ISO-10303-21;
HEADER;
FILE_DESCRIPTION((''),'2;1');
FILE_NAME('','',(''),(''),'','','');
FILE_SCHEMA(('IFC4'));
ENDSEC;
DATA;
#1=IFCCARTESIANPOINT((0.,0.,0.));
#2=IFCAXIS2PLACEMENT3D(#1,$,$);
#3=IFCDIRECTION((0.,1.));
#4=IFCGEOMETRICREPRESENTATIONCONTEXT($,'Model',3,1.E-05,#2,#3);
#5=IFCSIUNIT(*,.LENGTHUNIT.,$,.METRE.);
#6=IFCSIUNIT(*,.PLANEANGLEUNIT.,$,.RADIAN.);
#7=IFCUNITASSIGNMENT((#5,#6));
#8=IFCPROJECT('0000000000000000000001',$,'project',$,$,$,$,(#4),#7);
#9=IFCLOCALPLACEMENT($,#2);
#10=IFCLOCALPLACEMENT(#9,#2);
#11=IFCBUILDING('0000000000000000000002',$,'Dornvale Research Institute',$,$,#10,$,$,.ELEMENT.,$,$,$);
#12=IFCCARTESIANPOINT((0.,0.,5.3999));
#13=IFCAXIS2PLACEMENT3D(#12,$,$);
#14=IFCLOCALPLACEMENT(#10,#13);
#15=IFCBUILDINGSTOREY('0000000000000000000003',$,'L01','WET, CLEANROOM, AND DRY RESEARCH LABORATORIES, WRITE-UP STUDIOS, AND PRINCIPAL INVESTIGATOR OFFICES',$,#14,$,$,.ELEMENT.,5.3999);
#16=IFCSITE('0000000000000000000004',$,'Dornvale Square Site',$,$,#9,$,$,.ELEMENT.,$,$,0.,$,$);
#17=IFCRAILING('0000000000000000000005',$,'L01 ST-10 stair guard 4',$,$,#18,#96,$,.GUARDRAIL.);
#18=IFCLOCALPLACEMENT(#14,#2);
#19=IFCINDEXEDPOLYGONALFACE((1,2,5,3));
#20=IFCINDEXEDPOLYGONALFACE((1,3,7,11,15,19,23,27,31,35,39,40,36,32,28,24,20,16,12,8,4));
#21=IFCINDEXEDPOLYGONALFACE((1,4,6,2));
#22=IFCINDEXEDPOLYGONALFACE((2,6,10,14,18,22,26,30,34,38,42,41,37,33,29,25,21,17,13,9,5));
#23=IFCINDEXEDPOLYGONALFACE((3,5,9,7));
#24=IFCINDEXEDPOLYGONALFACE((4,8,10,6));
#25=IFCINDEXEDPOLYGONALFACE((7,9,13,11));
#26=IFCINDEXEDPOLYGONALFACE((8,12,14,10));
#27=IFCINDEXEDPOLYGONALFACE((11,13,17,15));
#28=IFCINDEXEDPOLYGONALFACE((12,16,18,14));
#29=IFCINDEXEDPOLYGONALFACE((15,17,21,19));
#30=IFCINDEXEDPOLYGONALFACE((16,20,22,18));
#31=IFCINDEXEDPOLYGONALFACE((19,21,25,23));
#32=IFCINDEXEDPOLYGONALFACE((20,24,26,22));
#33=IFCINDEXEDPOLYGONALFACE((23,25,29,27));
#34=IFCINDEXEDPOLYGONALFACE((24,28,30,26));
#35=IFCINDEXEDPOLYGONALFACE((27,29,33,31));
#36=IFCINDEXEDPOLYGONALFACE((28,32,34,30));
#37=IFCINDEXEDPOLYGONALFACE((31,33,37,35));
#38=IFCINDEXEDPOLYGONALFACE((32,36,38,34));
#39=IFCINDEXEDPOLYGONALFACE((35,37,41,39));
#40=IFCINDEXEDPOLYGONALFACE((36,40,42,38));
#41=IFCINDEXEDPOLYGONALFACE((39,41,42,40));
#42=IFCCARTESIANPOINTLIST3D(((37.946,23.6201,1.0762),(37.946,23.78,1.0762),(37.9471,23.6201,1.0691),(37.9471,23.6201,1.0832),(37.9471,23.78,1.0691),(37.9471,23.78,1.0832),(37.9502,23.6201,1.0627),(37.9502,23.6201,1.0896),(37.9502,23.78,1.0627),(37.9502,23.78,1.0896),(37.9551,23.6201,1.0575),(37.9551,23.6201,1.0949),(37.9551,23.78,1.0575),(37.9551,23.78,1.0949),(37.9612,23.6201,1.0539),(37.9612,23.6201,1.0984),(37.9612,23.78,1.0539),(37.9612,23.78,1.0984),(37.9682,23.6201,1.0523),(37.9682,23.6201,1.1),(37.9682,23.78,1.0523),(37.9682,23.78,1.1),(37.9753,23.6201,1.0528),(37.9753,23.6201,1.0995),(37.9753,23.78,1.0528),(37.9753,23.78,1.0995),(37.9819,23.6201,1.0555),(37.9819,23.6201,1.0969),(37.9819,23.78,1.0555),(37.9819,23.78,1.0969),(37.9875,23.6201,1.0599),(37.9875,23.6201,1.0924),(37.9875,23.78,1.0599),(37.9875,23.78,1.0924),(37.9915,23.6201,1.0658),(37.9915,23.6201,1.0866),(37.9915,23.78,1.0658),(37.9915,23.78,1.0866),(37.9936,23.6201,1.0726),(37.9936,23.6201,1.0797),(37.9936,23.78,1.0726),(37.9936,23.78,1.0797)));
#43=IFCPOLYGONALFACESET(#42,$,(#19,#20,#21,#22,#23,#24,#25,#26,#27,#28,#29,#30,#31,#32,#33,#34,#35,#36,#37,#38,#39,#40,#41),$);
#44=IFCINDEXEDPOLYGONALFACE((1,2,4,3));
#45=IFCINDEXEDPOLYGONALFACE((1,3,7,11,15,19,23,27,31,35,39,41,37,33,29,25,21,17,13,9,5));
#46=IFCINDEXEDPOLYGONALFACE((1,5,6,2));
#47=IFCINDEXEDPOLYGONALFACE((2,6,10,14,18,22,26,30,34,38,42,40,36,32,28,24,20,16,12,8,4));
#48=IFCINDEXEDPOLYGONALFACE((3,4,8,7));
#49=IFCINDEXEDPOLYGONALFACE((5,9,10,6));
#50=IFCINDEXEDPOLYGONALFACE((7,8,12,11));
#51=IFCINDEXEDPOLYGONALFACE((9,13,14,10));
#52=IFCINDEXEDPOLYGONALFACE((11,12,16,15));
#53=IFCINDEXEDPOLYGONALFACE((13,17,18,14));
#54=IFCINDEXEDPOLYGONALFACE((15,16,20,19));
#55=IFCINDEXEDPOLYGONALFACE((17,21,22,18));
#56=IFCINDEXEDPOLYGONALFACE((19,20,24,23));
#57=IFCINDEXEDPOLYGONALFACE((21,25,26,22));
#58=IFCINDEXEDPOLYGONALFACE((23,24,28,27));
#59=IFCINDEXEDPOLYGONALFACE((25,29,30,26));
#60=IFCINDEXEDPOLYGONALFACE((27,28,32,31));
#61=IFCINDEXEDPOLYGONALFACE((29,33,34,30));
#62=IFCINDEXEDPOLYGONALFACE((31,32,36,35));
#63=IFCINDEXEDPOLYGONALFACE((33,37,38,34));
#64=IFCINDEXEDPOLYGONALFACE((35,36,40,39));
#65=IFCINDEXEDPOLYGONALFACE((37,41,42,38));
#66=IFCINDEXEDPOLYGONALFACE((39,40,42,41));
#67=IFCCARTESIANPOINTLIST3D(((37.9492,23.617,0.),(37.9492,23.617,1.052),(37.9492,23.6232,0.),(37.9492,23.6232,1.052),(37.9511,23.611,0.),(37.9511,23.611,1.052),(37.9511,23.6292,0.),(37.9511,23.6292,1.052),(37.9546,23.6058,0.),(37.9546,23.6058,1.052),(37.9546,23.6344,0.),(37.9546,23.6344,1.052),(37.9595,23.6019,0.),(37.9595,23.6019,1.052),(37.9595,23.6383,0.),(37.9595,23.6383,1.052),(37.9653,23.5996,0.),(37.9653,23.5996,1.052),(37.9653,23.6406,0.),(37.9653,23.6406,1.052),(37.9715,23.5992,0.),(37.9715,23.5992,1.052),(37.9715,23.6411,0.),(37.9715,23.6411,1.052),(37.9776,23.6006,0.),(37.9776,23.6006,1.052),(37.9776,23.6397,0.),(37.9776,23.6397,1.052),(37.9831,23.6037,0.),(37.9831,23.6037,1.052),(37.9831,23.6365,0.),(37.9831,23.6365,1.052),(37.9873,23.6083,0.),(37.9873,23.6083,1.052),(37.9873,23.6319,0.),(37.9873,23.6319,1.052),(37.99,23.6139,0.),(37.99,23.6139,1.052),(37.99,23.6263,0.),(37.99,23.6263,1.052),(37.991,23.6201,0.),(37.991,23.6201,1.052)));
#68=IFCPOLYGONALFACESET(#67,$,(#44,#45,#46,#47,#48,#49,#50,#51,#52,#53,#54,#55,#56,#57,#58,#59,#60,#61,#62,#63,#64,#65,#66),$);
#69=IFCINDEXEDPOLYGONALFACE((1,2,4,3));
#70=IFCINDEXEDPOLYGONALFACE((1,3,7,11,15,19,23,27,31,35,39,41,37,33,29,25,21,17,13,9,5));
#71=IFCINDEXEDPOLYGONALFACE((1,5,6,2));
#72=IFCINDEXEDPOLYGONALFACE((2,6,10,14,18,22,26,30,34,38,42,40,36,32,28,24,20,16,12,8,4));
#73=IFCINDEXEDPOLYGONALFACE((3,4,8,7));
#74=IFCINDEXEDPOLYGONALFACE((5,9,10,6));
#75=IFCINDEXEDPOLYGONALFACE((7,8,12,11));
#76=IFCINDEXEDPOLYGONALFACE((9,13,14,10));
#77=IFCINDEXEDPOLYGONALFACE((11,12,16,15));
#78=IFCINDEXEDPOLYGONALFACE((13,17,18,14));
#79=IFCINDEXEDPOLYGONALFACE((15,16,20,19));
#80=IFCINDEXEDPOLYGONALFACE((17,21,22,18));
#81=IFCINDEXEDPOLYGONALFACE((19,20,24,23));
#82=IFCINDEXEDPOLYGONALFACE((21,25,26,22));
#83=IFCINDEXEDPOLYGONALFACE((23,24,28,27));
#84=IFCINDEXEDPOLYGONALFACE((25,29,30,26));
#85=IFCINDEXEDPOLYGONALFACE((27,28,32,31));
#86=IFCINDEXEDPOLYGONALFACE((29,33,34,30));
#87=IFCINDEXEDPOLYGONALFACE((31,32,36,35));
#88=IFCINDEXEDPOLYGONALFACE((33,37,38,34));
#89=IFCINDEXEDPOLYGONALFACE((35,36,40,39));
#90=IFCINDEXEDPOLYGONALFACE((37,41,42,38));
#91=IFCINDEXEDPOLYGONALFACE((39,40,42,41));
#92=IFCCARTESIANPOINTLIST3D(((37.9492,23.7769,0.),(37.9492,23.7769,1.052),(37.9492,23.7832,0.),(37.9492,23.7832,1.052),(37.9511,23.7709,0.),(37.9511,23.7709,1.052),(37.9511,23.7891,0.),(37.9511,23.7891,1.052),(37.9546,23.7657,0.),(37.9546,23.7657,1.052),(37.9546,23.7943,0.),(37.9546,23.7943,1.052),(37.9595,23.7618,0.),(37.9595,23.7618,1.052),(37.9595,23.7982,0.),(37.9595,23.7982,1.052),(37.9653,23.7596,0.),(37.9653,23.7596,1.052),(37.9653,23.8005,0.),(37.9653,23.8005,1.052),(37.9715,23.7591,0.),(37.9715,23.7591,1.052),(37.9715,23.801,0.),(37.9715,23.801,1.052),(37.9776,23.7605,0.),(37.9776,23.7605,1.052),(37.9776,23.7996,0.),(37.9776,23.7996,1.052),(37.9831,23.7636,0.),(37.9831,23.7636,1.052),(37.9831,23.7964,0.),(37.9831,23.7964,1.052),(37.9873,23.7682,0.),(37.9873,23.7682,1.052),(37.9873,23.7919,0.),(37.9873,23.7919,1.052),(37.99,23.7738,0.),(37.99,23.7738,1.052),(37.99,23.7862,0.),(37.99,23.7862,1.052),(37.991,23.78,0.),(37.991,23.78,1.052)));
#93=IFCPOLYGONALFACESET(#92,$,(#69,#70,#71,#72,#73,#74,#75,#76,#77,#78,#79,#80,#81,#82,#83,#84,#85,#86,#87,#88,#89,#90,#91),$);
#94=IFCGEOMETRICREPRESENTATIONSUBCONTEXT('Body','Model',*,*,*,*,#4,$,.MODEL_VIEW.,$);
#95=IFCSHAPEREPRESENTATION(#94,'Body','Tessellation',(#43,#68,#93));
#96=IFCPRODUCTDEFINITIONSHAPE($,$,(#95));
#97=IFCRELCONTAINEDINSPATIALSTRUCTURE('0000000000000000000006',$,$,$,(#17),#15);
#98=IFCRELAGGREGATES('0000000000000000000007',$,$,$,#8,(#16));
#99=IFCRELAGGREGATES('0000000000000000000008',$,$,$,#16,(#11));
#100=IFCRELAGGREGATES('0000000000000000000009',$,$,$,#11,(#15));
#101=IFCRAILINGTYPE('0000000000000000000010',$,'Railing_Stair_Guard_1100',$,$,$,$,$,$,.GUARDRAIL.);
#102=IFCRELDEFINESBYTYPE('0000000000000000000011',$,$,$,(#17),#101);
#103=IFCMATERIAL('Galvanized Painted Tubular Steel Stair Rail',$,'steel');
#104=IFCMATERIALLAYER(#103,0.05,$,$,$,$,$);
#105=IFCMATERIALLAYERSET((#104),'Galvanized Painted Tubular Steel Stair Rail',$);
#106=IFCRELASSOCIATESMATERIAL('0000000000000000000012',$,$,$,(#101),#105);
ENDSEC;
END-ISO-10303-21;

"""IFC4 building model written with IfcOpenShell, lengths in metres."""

from ifc_helpers import new_model, si_unit, direction, frame, origin, origin_2d, place, context, subcontext, project, spatial, circle, extrude, material, layer, layer_set, type_object, element, save


model = new_model("IFC4")

# Units and contexts
model_context = context("Model", 3, precision=1e-05, world=origin(), true_north=direction((0.0, 1.0)))
body_context = subcontext(model_context, "Body", "Model", "MODEL_VIEW")
ifc_project = project(units=[si_unit("LENGTHUNIT", "METRE"), si_unit("PLANEANGLEUNIT", "RADIAN")], contexts=[model_context])

# Site, building, storey
site_placement = place(None, origin())
site = spatial("IfcSite", under=ifc_project, at=site_placement, Name="Dornvale Square Site", CompositionType="ELEMENT", RefElevation=0.0)
building_placement = place(site_placement, origin())
building = spatial("IfcBuilding", under=site, at=building_placement, Name="Dornvale Research Institute", CompositionType="ELEMENT")
storey_placement = place(building_placement, frame((0.0, 0.0, 5.3999)))
storey = spatial("IfcBuildingStorey", under=building, at=storey_placement, Name="L01", Description="WET, CLEANROOM, AND DRY RESEARCH LABORATORIES, WRITE-UP STUDIOS, AND PRINCIPAL INVESTIGATOR OFFICES", CompositionType="ELEMENT", Elevation=5.3999)

# Railing
ifc_material_1 = material(Name="Galvanized Painted Tubular Steel Stair Rail", Category="steel")
ifc_layer_1 = layer(ifc_material_1, 0.05)
ifc_layer_set_1 = layer_set([ifc_layer_1], Name="Galvanized Painted Tubular Steel Stair Rail")
railing_type_1 = type_object("IfcRailingType", Name="Railing_Stair_Guard_1100", PredefinedType="GUARDRAIL", material=ifc_layer_set_1)
railing_1_placement = place(storey_placement, frame((37.97, 23.6201, 0.0)))
element("IfcRailing", 1, at=railing_1_placement, inside=storey, type_object=railing_type_1, Name="L01 ST-10 stair guard 4", PredefinedType="GUARDRAIL", context=body_context, shape_type="SweptSolid", body=[
    extrude(circle(Radius=0.0239, at=origin_2d()), frame((0.0, 0.0, 1.0762), z_axis=(0.0, 1.0, 0.0), x_axis=(-1.0, 0.0, 0.0)), (0.0, 0.0, 1.0), 0.1599),
    extrude(circle(Radius=0.021, at=origin_2d()), origin(), (0.0, 0.0, 1.0), 1.052),
    extrude(circle(Radius=0.021, at=origin_2d()), frame((0.0, 0.1599, 0.0)), (0.0, 0.0, 1.0), 1.052),
])

save(model, "model.ifc")
